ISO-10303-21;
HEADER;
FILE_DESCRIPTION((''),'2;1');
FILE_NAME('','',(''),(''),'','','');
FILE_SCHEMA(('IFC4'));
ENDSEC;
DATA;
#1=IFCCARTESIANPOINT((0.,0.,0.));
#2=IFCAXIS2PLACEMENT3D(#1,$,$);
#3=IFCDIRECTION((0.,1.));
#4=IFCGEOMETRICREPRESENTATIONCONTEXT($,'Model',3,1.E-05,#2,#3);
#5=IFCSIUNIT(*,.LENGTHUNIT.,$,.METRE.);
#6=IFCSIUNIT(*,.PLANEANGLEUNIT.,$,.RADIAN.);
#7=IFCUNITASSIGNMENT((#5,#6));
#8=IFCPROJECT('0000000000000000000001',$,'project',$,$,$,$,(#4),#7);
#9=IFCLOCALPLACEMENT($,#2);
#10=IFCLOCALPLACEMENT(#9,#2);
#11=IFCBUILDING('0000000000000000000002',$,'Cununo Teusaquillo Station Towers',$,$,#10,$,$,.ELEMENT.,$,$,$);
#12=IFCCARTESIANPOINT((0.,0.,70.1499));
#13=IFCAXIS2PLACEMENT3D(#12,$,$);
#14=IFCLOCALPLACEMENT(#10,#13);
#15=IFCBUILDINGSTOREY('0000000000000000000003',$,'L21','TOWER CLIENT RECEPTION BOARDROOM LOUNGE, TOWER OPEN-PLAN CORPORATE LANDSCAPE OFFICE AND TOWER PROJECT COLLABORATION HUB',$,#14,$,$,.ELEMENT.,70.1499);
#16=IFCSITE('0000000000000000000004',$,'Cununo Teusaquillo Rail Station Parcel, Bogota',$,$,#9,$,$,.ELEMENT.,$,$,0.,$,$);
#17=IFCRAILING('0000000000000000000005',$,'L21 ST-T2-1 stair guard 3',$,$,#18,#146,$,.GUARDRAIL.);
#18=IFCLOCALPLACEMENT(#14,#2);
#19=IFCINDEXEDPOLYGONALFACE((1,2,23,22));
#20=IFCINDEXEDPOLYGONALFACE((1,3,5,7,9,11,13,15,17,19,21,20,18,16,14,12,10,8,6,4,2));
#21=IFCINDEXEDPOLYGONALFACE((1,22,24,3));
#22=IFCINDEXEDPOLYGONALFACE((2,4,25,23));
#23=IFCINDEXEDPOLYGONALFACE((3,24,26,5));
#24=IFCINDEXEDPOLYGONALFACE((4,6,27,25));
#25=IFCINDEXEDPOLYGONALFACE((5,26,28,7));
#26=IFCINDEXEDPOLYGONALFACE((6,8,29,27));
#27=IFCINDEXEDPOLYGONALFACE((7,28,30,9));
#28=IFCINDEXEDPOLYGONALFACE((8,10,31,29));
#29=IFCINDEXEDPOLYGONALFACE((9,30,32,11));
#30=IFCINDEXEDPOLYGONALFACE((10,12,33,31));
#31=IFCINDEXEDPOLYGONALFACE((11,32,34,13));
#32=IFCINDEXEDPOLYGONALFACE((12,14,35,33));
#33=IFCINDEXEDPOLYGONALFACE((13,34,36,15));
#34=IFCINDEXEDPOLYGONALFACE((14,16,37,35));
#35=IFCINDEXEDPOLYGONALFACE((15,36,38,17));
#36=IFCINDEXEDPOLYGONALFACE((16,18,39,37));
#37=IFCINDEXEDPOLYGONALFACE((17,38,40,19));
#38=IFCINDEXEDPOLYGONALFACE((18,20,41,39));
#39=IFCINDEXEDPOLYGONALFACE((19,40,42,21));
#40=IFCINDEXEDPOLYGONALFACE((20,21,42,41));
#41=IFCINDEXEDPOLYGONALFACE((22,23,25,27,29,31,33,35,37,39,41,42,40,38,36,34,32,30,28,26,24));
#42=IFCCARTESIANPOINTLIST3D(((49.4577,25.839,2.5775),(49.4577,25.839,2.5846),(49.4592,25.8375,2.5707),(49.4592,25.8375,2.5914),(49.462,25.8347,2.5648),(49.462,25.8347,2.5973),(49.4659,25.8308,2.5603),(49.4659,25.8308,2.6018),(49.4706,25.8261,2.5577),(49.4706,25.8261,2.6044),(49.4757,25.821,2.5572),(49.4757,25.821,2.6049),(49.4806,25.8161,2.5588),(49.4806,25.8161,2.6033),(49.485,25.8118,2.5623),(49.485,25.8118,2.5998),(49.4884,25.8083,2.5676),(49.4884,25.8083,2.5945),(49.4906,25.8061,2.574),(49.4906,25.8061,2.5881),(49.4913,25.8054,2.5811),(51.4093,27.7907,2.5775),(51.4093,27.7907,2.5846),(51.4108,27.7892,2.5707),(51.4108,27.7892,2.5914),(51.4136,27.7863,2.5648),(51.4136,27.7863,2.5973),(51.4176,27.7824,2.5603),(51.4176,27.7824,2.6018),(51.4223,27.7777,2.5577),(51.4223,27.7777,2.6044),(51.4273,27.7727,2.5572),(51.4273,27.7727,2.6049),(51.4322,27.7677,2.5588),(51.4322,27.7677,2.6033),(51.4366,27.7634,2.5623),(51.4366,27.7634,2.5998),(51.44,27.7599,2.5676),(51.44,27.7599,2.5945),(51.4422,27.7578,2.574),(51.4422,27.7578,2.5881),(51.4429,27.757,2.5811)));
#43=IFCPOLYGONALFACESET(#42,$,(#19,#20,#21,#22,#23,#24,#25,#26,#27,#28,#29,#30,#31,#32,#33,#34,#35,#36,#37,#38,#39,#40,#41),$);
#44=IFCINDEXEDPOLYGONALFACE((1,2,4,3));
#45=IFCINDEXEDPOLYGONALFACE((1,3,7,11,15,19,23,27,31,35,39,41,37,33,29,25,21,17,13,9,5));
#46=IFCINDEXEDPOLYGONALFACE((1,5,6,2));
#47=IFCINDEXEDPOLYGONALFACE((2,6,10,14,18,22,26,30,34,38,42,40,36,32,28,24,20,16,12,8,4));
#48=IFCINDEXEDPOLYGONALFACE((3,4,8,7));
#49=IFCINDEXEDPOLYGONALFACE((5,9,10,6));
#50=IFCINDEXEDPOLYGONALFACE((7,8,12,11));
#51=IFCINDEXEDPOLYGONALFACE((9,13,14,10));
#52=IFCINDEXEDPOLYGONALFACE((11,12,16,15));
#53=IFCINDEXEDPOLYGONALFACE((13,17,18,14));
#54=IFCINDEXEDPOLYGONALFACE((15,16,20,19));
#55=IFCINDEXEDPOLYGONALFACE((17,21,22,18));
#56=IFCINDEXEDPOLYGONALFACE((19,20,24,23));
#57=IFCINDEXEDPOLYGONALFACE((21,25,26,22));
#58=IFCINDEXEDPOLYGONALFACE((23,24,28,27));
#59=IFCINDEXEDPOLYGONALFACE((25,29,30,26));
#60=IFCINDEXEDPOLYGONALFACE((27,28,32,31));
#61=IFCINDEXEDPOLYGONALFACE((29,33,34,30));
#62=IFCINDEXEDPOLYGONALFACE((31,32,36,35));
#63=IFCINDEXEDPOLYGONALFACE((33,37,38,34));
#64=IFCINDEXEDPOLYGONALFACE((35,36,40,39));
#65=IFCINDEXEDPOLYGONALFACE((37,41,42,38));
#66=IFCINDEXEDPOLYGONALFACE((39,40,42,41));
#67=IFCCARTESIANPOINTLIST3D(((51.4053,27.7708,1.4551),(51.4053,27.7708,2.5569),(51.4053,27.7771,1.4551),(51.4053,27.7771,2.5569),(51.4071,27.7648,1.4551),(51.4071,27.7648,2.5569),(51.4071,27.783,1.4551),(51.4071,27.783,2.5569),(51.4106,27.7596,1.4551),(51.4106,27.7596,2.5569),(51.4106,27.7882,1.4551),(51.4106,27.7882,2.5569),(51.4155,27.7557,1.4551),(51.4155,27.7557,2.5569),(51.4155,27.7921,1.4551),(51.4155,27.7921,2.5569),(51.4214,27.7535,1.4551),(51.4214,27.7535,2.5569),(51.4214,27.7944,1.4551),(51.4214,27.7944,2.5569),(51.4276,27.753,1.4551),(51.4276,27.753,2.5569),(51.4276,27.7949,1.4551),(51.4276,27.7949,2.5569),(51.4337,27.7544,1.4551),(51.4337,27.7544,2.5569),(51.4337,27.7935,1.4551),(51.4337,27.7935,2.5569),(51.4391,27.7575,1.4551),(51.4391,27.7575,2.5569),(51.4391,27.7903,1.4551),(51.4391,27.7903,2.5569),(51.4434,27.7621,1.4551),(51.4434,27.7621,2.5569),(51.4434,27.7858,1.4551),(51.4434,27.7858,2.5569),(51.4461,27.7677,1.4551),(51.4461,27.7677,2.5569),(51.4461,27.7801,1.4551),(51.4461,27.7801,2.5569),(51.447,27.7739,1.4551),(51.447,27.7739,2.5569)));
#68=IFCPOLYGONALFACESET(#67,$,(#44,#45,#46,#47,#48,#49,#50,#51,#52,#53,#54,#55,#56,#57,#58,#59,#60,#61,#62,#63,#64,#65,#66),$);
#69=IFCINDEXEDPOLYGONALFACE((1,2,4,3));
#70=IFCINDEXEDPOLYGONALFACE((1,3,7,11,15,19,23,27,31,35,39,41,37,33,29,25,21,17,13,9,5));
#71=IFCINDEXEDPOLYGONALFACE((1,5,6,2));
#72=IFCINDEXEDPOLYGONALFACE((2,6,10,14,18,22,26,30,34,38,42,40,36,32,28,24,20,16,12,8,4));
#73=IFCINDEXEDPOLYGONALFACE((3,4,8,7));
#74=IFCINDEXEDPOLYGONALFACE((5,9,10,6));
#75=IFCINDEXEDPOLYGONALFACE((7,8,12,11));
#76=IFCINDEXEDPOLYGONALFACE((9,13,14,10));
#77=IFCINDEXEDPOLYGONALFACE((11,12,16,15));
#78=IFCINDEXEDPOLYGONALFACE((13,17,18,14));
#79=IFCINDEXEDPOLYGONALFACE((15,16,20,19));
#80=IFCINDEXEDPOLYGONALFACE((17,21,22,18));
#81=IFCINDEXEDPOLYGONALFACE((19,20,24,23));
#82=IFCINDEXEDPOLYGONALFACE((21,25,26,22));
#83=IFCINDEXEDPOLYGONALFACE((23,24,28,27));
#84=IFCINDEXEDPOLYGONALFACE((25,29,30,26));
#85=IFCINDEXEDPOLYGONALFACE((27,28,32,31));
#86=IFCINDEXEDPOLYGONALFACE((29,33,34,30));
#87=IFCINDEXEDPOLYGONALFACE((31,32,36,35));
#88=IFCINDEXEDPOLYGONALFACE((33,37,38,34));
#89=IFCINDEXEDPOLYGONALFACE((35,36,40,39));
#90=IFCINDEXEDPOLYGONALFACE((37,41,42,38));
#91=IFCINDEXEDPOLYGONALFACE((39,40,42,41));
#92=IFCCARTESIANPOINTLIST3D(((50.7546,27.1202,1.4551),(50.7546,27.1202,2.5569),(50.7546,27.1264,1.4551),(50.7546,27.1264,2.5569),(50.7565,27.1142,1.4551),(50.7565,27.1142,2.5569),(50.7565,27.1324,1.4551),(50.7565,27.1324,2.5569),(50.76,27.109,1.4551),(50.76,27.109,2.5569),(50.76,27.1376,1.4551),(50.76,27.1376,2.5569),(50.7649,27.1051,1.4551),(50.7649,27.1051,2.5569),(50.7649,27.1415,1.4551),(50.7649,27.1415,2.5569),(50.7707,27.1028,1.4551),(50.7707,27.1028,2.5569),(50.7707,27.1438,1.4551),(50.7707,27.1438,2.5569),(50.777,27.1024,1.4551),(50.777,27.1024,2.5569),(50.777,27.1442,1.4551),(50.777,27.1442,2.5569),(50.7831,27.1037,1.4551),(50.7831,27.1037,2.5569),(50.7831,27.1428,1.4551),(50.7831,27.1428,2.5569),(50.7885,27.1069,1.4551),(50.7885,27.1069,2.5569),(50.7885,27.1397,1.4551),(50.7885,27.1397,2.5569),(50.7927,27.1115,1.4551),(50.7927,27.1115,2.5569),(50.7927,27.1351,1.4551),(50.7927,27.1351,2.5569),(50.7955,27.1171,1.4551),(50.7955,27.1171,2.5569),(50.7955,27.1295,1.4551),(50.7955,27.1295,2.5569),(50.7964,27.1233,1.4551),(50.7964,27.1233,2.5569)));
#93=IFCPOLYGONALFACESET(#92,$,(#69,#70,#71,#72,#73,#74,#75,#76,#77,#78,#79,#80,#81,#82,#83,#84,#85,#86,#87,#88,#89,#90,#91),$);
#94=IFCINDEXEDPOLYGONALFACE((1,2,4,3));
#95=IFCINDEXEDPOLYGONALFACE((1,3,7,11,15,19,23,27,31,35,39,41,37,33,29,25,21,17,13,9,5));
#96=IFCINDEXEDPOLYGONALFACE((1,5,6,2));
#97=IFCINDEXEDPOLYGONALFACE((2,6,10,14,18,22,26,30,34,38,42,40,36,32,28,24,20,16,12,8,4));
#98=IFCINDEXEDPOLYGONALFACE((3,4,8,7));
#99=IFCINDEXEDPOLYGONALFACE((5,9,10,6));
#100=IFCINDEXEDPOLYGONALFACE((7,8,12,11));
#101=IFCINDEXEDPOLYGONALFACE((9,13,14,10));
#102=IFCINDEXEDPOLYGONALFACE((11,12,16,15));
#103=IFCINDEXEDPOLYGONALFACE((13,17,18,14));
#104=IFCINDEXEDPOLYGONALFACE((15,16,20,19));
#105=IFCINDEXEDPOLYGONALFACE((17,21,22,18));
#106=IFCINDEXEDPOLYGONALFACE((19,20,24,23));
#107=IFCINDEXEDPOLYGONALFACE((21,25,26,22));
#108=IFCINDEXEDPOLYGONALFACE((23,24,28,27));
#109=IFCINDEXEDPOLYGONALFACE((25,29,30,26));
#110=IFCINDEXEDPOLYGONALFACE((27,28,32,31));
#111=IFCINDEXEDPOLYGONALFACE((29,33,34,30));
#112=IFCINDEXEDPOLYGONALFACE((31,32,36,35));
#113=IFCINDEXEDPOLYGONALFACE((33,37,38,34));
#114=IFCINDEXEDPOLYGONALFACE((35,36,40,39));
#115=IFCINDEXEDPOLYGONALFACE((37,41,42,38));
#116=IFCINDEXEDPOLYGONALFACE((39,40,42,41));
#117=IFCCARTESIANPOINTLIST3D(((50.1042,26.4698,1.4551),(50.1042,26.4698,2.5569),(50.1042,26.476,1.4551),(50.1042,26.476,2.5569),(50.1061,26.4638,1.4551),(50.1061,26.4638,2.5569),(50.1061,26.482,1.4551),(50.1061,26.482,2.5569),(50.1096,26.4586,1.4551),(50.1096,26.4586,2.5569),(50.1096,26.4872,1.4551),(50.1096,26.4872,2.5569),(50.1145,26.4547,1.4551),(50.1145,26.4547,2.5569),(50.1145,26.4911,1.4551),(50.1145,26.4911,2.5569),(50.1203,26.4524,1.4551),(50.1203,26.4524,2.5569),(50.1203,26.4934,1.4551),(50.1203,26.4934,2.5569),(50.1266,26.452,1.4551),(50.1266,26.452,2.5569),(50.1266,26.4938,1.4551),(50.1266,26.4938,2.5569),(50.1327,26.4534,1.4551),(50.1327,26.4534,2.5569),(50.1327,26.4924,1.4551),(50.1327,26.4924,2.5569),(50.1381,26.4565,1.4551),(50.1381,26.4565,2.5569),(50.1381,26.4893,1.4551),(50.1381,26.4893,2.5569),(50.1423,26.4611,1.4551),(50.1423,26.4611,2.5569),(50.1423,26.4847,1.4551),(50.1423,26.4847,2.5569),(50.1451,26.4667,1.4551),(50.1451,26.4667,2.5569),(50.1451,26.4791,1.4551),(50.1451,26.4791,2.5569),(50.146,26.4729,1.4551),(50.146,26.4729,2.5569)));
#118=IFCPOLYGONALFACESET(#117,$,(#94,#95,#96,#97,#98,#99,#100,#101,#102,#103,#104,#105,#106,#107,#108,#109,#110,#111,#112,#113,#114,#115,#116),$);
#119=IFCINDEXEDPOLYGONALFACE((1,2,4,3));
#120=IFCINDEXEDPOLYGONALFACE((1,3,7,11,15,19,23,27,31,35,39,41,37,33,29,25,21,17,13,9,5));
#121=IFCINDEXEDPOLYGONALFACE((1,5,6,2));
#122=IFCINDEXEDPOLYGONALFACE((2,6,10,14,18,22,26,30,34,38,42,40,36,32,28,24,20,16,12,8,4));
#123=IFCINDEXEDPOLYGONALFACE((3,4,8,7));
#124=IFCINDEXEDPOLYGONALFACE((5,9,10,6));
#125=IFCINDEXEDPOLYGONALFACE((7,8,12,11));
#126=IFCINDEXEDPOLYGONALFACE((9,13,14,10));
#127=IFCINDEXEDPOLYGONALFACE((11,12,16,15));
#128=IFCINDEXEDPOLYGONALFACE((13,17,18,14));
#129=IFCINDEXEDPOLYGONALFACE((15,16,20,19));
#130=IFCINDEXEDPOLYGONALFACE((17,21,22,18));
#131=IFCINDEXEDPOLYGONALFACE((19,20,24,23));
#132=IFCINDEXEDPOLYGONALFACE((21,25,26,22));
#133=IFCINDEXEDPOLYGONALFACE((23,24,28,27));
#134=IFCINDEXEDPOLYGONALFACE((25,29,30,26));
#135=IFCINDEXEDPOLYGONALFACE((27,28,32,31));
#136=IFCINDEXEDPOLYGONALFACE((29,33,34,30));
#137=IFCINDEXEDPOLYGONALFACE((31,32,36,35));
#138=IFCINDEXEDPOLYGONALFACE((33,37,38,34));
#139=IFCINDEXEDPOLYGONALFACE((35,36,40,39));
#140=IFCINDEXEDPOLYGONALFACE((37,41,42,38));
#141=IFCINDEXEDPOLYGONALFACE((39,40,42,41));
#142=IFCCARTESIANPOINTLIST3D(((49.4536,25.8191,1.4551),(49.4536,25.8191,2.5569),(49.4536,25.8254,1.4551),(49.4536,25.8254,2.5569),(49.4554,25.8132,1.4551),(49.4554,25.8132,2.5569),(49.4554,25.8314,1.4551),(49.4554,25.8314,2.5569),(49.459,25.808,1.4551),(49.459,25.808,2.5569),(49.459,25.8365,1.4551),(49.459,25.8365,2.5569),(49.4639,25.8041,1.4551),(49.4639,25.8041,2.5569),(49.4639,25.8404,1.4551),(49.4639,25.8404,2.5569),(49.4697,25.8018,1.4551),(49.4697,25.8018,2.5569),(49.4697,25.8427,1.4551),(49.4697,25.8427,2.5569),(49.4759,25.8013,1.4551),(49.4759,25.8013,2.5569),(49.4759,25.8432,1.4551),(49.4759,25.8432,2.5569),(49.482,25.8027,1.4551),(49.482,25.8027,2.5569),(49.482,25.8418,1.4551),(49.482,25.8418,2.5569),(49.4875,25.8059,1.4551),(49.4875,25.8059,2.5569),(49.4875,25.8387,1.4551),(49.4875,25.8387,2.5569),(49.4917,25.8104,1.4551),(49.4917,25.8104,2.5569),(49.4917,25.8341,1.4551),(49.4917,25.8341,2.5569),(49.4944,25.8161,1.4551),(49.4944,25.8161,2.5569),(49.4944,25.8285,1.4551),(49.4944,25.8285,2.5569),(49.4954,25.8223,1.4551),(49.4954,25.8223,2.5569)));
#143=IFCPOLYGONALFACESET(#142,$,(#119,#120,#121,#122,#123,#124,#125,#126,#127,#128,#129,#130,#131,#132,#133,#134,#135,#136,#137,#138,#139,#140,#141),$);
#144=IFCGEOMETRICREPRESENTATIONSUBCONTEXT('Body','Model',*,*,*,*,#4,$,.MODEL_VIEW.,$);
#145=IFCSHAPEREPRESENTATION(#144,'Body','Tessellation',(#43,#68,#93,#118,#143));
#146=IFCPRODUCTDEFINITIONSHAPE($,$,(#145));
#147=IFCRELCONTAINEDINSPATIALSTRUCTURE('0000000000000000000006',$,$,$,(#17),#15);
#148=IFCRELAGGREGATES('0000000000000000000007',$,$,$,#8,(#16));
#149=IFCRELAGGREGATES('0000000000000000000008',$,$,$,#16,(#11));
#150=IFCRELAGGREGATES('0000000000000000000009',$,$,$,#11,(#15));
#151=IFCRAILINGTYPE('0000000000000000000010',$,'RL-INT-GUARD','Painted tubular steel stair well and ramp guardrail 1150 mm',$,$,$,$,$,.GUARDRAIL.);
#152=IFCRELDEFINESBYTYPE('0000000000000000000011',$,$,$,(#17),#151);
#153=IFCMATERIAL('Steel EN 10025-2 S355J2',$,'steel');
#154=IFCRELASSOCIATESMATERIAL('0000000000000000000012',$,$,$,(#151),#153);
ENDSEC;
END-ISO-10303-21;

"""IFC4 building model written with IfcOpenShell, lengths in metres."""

from ifc_helpers import new_model, si_unit, direction, frame, origin, origin_2d, place, context, subcontext, project, spatial, circle, extrude, material, type_object, element, save


model = new_model("IFC4")

# Units and contexts
model_context = context("Model", 3, precision=1e-05, world=origin(), true_north=direction((0.0, 1.0)))
body_context = subcontext(model_context, "Body", "Model", "MODEL_VIEW")
ifc_project = project(units=[si_unit("LENGTHUNIT", "METRE"), si_unit("PLANEANGLEUNIT", "RADIAN")], contexts=[model_context])

# Site, building, storey
site_placement = place(None, origin())
site = spatial("IfcSite", under=ifc_project, at=site_placement, Name="Cununo Teusaquillo Rail Station Parcel, Bogota", CompositionType="ELEMENT", RefElevation=0.0)
building_placement = place(site_placement, origin())
building = spatial("IfcBuilding", under=site, at=building_placement, Name="Cununo Teusaquillo Station Towers", CompositionType="ELEMENT")
storey_placement = place(building_placement, frame((0.0, 0.0, 70.1499)))
storey = spatial("IfcBuildingStorey", under=building, at=storey_placement, Name="L21", Description="TOWER CLIENT RECEPTION BOARDROOM LOUNGE, TOWER OPEN-PLAN CORPORATE LANDSCAPE OFFICE AND TOWER PROJECT COLLABORATION HUB", CompositionType="ELEMENT", Elevation=70.1499)

# Railing
ifc_material_1 = material(Name="Steel EN 10025-2 S355J2", Category="steel")
railing_type_1 = type_object("IfcRailingType", Name="RL-INT-GUARD", Description="Painted tubular steel stair well and ramp guardrail 1150 mm", PredefinedType="GUARDRAIL", material=ifc_material_1)
railing_1_placement = place(storey_placement, frame((51.426, 27.7739, 1.4551)))
element("IfcRailing", 1, at=railing_1_placement, inside=storey, type_object=railing_type_1, Name="L21 ST-T2-1 stair guard 3", PredefinedType="GUARDRAIL", context=body_context, shape_type="SweptSolid", body=[
    extrude(circle(Radius=0.0239, at=origin_2d()), frame((0.0, 0.0, 1.126), z_axis=(-0.707107, -0.707107, 0.0), x_axis=(0.707107, -0.707107, 0.0)), (0.0, 0.0, 1.0), 2.76),
    extrude(circle(Radius=0.021, at=origin_2d()), origin(), (0.0, 0.0, 1.0), 1.1018),
    extrude(circle(Radius=0.021, at=origin_2d()), frame((-0.6506, -0.6506, 0.0)), (0.0, 0.0, 1.0), 1.1018),
    extrude(circle(Radius=0.021, at=origin_2d()), frame((-1.301, -1.301, 0.0)), (0.0, 0.0, 1.0), 1.1018),
    extrude(circle(Radius=0.021, at=origin_2d()), frame((-1.9517, -1.9517, 0.0)), (0.0, 0.0, 1.0), 1.1018),
])

save(model, "model.ifc")
